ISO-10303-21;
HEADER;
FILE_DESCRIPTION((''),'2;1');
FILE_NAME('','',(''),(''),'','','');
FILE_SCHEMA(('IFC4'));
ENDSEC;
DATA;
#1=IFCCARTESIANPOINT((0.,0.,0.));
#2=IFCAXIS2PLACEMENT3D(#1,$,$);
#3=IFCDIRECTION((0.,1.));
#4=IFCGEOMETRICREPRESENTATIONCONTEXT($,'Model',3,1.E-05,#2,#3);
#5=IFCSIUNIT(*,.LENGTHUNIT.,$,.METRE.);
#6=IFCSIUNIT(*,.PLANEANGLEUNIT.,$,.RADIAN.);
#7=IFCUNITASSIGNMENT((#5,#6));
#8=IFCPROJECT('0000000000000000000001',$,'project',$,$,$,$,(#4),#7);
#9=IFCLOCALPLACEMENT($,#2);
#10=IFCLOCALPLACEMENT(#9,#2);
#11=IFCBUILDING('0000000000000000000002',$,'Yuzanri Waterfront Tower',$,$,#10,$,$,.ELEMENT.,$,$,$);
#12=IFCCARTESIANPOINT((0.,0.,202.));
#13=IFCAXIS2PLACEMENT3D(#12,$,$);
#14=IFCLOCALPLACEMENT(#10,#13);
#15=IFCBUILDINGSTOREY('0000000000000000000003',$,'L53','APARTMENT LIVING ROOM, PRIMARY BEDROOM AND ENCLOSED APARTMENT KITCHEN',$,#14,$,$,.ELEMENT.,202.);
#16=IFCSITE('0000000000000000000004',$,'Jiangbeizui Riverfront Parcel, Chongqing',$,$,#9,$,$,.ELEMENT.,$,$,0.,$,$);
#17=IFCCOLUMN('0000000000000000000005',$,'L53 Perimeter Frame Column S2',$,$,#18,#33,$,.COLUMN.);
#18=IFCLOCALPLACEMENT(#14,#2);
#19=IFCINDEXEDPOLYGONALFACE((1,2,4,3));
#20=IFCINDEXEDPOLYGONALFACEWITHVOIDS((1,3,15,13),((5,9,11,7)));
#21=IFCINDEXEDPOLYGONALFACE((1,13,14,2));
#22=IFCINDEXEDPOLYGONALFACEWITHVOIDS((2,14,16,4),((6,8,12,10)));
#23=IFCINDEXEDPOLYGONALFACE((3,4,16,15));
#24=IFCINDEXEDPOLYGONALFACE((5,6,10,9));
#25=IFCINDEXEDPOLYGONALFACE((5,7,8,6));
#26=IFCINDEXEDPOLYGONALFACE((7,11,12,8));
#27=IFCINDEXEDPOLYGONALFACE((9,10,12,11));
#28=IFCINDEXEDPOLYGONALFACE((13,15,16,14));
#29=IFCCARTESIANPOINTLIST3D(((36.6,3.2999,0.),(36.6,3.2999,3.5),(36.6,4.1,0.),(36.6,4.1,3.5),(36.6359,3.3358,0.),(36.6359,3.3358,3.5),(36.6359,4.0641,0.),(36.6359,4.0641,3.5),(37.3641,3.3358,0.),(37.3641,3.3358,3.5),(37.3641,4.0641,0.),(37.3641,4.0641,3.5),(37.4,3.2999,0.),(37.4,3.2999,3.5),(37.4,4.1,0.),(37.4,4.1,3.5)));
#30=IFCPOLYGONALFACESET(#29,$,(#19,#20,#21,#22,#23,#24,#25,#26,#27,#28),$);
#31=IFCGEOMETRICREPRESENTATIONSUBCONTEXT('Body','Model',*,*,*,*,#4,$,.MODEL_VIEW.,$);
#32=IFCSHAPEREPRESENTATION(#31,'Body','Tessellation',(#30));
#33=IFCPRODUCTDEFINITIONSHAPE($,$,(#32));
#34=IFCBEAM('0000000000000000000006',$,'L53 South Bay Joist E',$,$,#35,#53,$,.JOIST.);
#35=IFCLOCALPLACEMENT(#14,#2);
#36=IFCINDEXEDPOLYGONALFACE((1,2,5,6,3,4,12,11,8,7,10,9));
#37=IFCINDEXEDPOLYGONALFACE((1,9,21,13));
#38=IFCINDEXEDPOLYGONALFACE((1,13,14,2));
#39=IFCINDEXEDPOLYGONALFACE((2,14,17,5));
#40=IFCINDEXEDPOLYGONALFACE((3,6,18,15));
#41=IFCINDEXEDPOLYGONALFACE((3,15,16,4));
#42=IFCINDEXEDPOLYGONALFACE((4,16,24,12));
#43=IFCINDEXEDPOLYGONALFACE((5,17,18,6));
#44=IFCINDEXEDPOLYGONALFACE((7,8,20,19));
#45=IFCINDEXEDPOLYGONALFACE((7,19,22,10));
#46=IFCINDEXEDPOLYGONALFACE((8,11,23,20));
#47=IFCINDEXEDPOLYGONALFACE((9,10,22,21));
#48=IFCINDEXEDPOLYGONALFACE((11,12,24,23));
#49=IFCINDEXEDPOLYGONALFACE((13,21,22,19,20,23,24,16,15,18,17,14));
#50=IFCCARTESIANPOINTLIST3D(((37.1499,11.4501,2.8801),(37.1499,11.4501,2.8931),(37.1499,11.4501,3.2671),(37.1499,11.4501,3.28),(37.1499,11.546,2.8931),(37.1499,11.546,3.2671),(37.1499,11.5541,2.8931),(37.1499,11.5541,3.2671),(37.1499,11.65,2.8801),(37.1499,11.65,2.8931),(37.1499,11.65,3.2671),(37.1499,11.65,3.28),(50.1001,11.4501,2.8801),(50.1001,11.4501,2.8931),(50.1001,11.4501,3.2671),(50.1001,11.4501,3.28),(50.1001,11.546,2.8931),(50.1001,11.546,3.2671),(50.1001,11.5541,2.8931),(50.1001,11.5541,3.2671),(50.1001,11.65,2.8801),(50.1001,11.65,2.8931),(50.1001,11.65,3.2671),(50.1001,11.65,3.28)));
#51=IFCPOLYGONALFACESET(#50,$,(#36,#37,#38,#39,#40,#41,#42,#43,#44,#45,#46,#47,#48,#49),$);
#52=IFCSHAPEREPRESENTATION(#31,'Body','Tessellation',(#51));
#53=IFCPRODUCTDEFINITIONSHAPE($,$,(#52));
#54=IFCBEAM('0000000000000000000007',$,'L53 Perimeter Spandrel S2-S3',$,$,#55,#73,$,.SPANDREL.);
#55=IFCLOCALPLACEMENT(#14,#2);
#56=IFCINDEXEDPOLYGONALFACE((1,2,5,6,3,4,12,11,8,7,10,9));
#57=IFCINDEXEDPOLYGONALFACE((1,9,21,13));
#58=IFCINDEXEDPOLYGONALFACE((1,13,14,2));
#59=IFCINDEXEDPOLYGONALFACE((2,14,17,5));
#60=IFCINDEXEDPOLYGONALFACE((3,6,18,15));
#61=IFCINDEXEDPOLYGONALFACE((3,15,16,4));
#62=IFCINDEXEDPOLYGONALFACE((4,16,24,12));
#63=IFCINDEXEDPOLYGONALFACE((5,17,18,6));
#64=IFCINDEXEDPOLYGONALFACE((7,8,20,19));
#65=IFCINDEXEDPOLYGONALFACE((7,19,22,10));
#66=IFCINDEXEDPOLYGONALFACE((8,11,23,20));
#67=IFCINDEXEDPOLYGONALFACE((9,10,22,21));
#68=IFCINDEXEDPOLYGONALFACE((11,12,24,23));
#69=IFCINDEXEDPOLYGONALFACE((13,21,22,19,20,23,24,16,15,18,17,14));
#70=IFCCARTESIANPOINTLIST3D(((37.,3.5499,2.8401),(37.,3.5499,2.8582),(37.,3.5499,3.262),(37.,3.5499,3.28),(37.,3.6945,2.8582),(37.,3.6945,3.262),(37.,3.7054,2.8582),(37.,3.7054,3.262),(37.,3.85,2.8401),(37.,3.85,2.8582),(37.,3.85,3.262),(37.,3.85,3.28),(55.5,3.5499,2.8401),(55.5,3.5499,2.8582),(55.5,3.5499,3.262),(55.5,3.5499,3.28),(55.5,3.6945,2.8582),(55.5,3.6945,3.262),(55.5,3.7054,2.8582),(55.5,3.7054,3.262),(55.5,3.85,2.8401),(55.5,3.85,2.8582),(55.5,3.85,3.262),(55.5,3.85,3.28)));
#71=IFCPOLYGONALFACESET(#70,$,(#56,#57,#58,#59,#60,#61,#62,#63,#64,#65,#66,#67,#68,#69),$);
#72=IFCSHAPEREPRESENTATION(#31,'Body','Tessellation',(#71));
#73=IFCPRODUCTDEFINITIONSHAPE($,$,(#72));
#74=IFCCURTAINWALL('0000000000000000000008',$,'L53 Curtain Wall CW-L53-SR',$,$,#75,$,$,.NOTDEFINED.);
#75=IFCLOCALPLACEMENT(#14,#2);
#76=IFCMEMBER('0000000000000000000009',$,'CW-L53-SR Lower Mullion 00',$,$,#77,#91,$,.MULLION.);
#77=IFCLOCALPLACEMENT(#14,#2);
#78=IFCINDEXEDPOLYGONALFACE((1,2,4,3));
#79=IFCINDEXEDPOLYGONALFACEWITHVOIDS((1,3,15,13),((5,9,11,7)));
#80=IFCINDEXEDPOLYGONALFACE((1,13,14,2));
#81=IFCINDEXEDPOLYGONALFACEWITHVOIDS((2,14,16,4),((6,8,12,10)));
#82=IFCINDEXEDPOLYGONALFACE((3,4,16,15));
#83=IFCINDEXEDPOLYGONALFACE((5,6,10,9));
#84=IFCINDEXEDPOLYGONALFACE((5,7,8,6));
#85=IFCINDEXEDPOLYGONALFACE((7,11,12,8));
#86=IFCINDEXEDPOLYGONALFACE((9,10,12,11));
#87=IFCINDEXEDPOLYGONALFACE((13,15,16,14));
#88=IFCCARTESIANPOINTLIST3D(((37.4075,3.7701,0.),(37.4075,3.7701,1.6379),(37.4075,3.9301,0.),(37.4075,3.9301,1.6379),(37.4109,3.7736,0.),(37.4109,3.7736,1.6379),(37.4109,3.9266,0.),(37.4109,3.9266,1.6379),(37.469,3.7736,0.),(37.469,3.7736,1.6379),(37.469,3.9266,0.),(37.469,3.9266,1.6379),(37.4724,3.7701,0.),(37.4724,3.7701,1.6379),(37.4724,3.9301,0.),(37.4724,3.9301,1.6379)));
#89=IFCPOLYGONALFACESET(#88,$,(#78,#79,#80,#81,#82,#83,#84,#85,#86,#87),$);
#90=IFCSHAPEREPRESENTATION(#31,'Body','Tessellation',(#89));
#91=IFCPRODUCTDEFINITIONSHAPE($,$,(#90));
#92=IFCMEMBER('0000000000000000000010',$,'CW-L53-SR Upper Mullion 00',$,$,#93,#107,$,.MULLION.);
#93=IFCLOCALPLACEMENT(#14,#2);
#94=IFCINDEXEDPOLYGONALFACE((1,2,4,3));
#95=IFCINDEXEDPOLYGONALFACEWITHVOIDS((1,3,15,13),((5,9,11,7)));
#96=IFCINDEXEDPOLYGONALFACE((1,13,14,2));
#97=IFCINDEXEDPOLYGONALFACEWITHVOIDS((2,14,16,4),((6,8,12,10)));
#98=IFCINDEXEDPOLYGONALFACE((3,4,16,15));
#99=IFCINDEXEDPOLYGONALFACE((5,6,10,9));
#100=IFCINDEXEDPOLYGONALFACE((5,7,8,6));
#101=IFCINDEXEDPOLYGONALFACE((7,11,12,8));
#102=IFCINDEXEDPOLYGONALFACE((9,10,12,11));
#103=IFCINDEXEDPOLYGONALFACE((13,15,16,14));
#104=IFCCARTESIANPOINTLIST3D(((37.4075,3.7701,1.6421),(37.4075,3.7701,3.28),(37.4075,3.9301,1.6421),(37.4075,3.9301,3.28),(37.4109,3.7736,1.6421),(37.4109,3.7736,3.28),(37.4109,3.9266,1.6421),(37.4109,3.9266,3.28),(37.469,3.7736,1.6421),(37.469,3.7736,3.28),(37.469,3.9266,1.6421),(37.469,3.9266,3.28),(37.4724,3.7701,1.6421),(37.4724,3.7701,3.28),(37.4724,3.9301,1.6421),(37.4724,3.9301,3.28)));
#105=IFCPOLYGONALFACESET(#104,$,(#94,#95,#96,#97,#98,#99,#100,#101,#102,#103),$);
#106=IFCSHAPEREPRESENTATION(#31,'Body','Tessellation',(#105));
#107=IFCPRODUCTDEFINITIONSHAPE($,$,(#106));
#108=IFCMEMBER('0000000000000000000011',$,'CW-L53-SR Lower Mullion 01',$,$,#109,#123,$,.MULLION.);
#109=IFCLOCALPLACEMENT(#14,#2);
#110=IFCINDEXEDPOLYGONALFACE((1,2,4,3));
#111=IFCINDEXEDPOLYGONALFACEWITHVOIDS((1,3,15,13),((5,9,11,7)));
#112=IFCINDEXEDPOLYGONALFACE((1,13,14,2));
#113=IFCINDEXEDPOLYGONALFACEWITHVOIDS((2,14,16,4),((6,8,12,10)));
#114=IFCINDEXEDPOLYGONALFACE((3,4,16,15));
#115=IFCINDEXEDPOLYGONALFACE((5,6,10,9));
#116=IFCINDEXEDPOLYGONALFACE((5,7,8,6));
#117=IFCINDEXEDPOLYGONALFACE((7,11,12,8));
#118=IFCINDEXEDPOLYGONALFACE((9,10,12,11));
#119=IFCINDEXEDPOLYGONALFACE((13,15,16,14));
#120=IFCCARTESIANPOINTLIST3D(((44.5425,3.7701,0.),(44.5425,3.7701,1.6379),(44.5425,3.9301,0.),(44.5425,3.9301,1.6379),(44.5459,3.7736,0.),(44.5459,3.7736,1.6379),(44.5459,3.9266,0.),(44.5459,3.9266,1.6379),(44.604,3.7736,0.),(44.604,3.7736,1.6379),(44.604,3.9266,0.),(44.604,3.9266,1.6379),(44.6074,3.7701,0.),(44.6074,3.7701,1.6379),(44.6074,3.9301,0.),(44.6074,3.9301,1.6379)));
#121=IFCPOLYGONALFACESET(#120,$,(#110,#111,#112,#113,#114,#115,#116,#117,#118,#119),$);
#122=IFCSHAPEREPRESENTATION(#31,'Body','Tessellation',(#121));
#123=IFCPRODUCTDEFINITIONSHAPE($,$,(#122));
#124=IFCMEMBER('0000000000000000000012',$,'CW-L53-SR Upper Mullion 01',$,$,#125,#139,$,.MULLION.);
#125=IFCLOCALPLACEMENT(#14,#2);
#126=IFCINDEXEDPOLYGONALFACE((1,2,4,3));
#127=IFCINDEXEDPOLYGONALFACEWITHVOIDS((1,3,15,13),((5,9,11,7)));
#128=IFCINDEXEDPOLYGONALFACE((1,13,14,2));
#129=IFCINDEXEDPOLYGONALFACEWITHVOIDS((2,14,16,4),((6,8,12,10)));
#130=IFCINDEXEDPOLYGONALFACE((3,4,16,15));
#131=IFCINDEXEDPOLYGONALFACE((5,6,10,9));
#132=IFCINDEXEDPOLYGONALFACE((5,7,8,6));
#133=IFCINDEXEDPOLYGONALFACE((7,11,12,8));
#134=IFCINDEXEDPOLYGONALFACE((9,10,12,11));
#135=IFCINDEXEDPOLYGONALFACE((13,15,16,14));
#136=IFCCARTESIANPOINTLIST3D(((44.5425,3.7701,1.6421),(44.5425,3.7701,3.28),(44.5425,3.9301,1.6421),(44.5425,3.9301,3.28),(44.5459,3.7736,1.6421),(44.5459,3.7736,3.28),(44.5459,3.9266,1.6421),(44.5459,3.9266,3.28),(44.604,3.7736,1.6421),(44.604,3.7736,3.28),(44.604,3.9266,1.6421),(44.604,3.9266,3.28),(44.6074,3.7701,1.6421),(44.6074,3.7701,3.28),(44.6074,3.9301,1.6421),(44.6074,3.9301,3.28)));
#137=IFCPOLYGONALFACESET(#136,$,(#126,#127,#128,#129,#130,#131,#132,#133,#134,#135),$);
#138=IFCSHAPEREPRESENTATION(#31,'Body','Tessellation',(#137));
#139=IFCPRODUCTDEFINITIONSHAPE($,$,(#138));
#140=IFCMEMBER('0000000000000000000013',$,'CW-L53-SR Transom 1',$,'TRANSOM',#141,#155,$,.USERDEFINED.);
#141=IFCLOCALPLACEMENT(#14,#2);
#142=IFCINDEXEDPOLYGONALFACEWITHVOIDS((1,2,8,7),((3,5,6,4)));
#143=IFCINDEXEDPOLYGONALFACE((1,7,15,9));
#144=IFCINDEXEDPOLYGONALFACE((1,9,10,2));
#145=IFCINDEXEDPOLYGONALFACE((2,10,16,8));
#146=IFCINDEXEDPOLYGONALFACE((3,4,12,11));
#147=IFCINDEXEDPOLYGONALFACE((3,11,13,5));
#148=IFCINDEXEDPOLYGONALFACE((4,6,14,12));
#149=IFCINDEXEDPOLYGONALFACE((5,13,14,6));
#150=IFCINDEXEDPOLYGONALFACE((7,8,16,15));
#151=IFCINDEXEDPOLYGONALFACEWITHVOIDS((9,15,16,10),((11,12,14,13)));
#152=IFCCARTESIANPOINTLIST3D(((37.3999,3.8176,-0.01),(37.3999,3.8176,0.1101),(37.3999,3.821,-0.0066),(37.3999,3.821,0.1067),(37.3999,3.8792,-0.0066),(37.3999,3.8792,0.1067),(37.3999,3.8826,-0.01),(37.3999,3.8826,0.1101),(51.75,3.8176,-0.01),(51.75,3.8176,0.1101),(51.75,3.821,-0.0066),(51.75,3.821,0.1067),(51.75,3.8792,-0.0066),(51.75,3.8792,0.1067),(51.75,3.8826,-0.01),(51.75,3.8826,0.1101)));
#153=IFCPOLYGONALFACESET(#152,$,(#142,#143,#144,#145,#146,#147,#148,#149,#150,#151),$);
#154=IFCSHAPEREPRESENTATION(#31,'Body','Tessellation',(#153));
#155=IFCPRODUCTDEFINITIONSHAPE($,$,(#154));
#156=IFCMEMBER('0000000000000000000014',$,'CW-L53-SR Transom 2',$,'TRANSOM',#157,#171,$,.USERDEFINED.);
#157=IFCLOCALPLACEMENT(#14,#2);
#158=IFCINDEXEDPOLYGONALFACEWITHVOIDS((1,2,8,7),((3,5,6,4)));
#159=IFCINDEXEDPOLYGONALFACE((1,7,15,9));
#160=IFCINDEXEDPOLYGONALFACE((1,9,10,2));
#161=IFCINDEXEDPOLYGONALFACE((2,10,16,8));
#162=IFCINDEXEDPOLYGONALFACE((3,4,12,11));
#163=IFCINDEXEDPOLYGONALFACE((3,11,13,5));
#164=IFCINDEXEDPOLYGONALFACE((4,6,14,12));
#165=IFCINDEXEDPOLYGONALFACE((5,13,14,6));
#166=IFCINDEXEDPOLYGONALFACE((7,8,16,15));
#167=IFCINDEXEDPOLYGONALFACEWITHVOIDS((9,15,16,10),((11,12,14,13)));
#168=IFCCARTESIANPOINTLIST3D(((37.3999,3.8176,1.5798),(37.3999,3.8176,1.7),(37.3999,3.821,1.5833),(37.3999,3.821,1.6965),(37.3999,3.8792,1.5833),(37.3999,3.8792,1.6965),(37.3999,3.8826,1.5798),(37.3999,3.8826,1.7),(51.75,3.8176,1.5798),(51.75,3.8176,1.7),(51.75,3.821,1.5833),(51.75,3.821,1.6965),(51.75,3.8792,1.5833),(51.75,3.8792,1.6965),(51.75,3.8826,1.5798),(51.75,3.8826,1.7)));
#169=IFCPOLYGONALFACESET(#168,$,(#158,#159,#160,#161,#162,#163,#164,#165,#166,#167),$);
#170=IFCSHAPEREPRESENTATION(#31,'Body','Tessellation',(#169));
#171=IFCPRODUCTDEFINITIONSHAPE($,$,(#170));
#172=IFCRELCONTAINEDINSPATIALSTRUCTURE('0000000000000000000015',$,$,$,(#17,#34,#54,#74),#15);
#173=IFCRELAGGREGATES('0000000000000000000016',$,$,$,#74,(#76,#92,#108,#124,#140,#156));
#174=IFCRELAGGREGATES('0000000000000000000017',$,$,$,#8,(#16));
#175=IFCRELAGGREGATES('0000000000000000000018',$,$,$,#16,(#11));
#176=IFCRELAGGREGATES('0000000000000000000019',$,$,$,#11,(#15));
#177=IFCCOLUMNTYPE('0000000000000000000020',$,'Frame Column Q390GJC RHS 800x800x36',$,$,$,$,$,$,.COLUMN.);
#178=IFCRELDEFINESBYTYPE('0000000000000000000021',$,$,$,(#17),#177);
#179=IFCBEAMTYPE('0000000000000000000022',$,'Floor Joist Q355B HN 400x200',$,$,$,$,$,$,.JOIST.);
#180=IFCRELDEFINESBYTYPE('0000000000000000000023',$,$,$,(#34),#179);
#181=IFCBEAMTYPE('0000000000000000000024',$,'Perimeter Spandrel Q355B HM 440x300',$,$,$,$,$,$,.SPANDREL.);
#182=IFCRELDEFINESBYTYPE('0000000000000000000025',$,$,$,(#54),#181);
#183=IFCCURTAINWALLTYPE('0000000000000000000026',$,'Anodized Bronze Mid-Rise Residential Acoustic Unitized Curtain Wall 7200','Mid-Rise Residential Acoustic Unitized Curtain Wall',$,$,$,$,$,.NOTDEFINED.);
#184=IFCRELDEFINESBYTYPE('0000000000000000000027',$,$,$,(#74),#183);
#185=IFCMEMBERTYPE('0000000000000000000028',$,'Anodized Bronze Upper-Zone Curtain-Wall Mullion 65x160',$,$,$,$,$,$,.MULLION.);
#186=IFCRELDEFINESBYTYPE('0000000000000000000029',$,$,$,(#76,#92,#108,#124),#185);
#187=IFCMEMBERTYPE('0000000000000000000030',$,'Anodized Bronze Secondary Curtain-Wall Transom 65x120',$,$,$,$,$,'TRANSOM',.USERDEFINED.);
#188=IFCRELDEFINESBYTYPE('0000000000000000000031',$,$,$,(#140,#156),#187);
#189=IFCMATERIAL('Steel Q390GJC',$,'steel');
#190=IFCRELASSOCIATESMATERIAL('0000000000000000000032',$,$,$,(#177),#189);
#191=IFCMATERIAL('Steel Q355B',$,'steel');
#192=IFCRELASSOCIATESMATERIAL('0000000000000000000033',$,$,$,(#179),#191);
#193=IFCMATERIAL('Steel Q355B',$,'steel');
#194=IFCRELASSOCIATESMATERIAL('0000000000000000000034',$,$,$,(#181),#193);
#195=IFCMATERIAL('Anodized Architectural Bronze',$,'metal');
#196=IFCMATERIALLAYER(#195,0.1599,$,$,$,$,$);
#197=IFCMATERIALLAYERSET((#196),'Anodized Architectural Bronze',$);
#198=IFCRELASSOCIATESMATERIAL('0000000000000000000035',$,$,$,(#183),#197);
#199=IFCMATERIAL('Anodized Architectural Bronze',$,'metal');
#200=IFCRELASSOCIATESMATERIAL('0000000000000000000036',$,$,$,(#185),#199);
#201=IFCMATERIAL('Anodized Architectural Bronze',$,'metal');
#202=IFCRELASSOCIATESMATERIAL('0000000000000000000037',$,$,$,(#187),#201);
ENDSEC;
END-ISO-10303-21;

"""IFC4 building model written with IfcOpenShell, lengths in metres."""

from ifc_helpers import new_model, si_unit, direction, frame, origin, origin_2d, place, context, subcontext, project, spatial, hollow_rectangle, i_section, extrude, source, transform, mapped, material, layer, layer_set, material_profile, profile_set, type_object, element, aggregate, save


model = new_model("IFC4")

# Units and contexts
model_context = context("Model", 3, precision=1e-05, world=origin(), true_north=direction((0.0, 1.0)))
body_context = subcontext(model_context, "Body", "Model", "MODEL_VIEW")
ifc_project = project(units=[si_unit("LENGTHUNIT", "METRE"), si_unit("PLANEANGLEUNIT", "RADIAN")], contexts=[model_context])

# Site, building, storey
site_placement = place(None, origin())
site = spatial("IfcSite", under=ifc_project, at=site_placement, Name="Jiangbeizui Riverfront Parcel, Chongqing", CompositionType="ELEMENT", RefElevation=0.0)
building_placement = place(site_placement, origin())
building = spatial("IfcBuilding", under=site, at=building_placement, Name="Yuzanri Waterfront Tower", CompositionType="ELEMENT")
storey_placement = place(building_placement, frame((0.0, 0.0, 202.0)))
storey = spatial("IfcBuildingStorey", under=building, at=storey_placement, Name="L53", Description="APARTMENT LIVING ROOM, PRIMARY BEDROOM AND ENCLOSED APARTMENT KITCHEN", CompositionType="ELEMENT", Elevation=202.0)

# Column
ifc_material_1 = material(Name="Steel Q390GJC", Category="steel")
ifc_material_profile_1 = material_profile(ifc_material_1, hollow_rectangle(XDim=0.8, YDim=0.8, WallThickness=0.0359, at=origin_2d()), Name="RHS 800x800x36")
ifc_profile_set_1 = profile_set([ifc_material_profile_1], Name="Steel Q390GJC")
column_type = type_object("IfcColumnType", Name="Frame Column Q390GJC RHS 800x800x36", PredefinedType="COLUMN", material=ifc_profile_set_1)
shared_shape_1 = source(origin(), body_context, "Body", "SweptSolid", [
    extrude(hollow_rectangle(XDim=0.8, YDim=0.8, WallThickness=0.0359, at=origin_2d()), origin(), (0.0, 0.0, 1.0), 3.5),
])
column_placement = place(storey_placement, frame((37.0, 3.7, 0.0), z_axis=(0.0, 0.0, 1.0), x_axis=(1.0, 0.0, 0.0)))
element("IfcColumn", 1, at=column_placement, inside=storey, type_object=column_type, Name="L53 Perimeter Frame Column S2", PredefinedType="COLUMN", context=body_context, shape_type="MappedRepresentation", body=[
    mapped(shared_shape_1, transform((0.0, 0.0, 0.0), scale=1.0)),
])

# Beams
ifc_material_2 = material(Name="Steel Q355B", Category="steel")
ifc_material_profile_2 = material_profile(ifc_material_2, i_section(OverallWidth=0.2, OverallDepth=0.3999, WebThickness=0.0081, FlangeThickness=0.0129, at=origin_2d()), Name="HN 400x200x8x13")
ifc_profile_set_2 = profile_set([ifc_material_profile_2], Name="Steel Q355B")
beam_type_1 = type_object("IfcBeamType", Name="Floor Joist Q355B HN 400x200", PredefinedType="JOIST", material=ifc_profile_set_2)
shared_shape_2 = source(origin(), body_context, "Body", "SweptSolid", [
    extrude(i_section(OverallWidth=0.2, OverallDepth=0.3999, WebThickness=0.0081, FlangeThickness=0.0129, at=origin_2d()), origin(), (0.0, 0.0, 1.0), 12.9502),
])
beam_1_placement = place(storey_placement, frame((37.1499, 11.55, 3.0801), z_axis=(1.0, 0.0, 0.0), x_axis=(0.0, 1.0, 0.0)))
element("IfcBeam", 2, at=beam_1_placement, inside=storey, type_object=beam_type_1, Name="L53 South Bay Joist E", PredefinedType="JOIST", context=body_context, shape_type="MappedRepresentation", body=[
    mapped(shared_shape_2, transform((0.0, 0.0, 0.0), scale=1.0)),
])
ifc_material_3 = material(Name="Steel Q355B", Category="steel")
ifc_material_profile_3 = material_profile(ifc_material_3, i_section(OverallWidth=0.3, OverallDepth=0.4399, WebThickness=0.011, FlangeThickness=0.0181, at=origin_2d()), Name="HM 440x300x11x18")
ifc_profile_set_3 = profile_set([ifc_material_profile_3], Name="Steel Q355B")
beam_type_2 = type_object("IfcBeamType", Name="Perimeter Spandrel Q355B HM 440x300", PredefinedType="SPANDREL", material=ifc_profile_set_3)
shared_shape_3 = source(origin(), body_context, "Body", "SweptSolid", [
    extrude(i_section(OverallWidth=0.3, OverallDepth=0.4399, WebThickness=0.011, FlangeThickness=0.0181, at=origin_2d()), origin(), (0.0, 0.0, 1.0), 18.5),
])
beam_2_placement = place(storey_placement, frame((37.0, 3.7, 3.0601), z_axis=(1.0, 0.0, 0.0), x_axis=(0.0, 1.0, 0.0)))
element("IfcBeam", 3, at=beam_2_placement, inside=storey, type_object=beam_type_2, Name="L53 Perimeter Spandrel S2-S3", PredefinedType="SPANDREL", context=body_context, shape_type="MappedRepresentation", body=[
    mapped(shared_shape_3, transform((0.0, 0.0, 0.0), scale=1.0)),
])

# Curtain wall, members
ifc_material_4 = material(Name="Anodized Architectural Bronze", Category="metal")
ifc_layer_1 = layer(ifc_material_4, 0.1599)
ifc_layer_set_1 = layer_set([ifc_layer_1], Name="Anodized Architectural Bronze")
curtain_wall_type = type_object("IfcCurtainWallType", Name="Anodized Bronze Mid-Rise Residential Acoustic Unitized Curtain Wall 7200", Description="Mid-Rise Residential Acoustic Unitized Curtain Wall", PredefinedType="NOTDEFINED", material=ifc_layer_set_1)
curtain_wall_placement = place(storey_placement, origin())
curtain_wall = element("IfcCurtainWall", 4, at=curtain_wall_placement, inside=storey, type_object=curtain_wall_type, Name="L53 Curtain Wall CW-L53-SR", PredefinedType="NOTDEFINED")
ifc_material_5 = material(Name="Anodized Architectural Bronze", Category="metal")
ifc_material_profile_4 = material_profile(ifc_material_5, hollow_rectangle(XDim=0.0649, YDim=0.1599, WallThickness=0.0034, at=origin_2d()), Name="CWM 65x160")
ifc_profile_set_4 = profile_set([ifc_material_profile_4], Name="Anodized Architectural Bronze")
member_type_1 = type_object("IfcMemberType", Name="Anodized Bronze Upper-Zone Curtain-Wall Mullion 65x160", PredefinedType="MULLION", material=ifc_profile_set_4)
shared_shape_4 = source(origin(), body_context, "Body", "SweptSolid", [
    extrude(hollow_rectangle(XDim=0.0649, YDim=0.1599, WallThickness=0.0034, at=origin_2d()), origin(), (0.0, 0.0, 1.0), 1.6379),
])
member_1_placement = place(storey_placement, frame((37.4399, 3.8501, 0.0), z_axis=(0.0, 0.0, 1.0), x_axis=(1.0, 0.0, 0.0)))
member_1 = element("IfcMember", 5, at=member_1_placement, type_object=member_type_1, Name="CW-L53-SR Lower Mullion 00", PredefinedType="MULLION", context=body_context, shape_type="MappedRepresentation", body=[
    mapped(shared_shape_4, transform((0.0, 0.0, 0.0), scale=1.0)),
])
member_2_placement = place(storey_placement, frame((37.4399, 3.8501, 1.6421), z_axis=(0.0, 0.0, 1.0), x_axis=(1.0, 0.0, 0.0)))
member_2 = element("IfcMember", 6, at=member_2_placement, type_object=member_type_1, Name="CW-L53-SR Upper Mullion 00", PredefinedType="MULLION", context=body_context, shape_type="MappedRepresentation", body=[
    mapped(shared_shape_4, transform((0.0, 0.0, 0.0), scale=1.0)),
])
member_3_placement = place(storey_placement, frame((44.575, 3.8501, 0.0), z_axis=(0.0, 0.0, 1.0), x_axis=(1.0, 0.0, 0.0)))
member_3 = element("IfcMember", 7, at=member_3_placement, type_object=member_type_1, Name="CW-L53-SR Lower Mullion 01", PredefinedType="MULLION", context=body_context, shape_type="MappedRepresentation", body=[
    mapped(shared_shape_4, transform((0.0, 0.0, 0.0), scale=1.0)),
])
member_4_placement = place(storey_placement, frame((44.575, 3.8501, 1.6421), z_axis=(0.0, 0.0, 1.0), x_axis=(1.0, 0.0, 0.0)))
member_4 = element("IfcMember", 8, at=member_4_placement, type_object=member_type_1, Name="CW-L53-SR Upper Mullion 01", PredefinedType="MULLION", context=body_context, shape_type="MappedRepresentation", body=[
    mapped(shared_shape_4, transform((0.0, 0.0, 0.0), scale=1.0)),
])
ifc_material_6 = material(Name="Anodized Architectural Bronze", Category="metal")
ifc_material_profile_5 = material_profile(ifc_material_6, hollow_rectangle(XDim=0.0649, YDim=0.1201, WallThickness=0.0034, at=origin_2d()), Name="CWT 65x120")
ifc_profile_set_5 = profile_set([ifc_material_profile_5], Name="Anodized Architectural Bronze")
member_type_2 = type_object("IfcMemberType", Name="Anodized Bronze Secondary Curtain-Wall Transom 65x120", ElementType="TRANSOM", PredefinedType="USERDEFINED", material=ifc_profile_set_5)
shared_shape_5 = source(origin(), body_context, "Body", "SweptSolid", [
    extrude(hollow_rectangle(XDim=0.0649, YDim=0.1201, WallThickness=0.0034, at=origin_2d()), origin(), (0.0, 0.0, 1.0), 14.3501),
])
member_5_placement = place(storey_placement, frame((37.3999, 3.8501, 0.05), z_axis=(1.0, 0.0, 0.0), x_axis=(0.0, 1.0, 0.0)))
member_5 = element("IfcMember", 9, at=member_5_placement, type_object=member_type_2, Name="CW-L53-SR Transom 1", ObjectType="TRANSOM", PredefinedType="USERDEFINED", context=body_context, shape_type="MappedRepresentation", body=[
    mapped(shared_shape_5, transform((0.0, 0.0, 0.0), scale=1.0)),
])
member_6_placement = place(storey_placement, frame((37.3999, 3.8501, 1.6399), z_axis=(1.0, 0.0, 0.0), x_axis=(0.0, 1.0, 0.0)))
member_6 = element("IfcMember", 10, at=member_6_placement, type_object=member_type_2, Name="CW-L53-SR Transom 2", ObjectType="TRANSOM", PredefinedType="USERDEFINED", context=body_context, shape_type="MappedRepresentation", body=[
    mapped(shared_shape_5, transform((0.0, 0.0, 0.0), scale=1.0)),
])
aggregate(curtain_wall, [member_1, member_2, member_3, member_4, member_5, member_6])

save(model, "model.ifc")
